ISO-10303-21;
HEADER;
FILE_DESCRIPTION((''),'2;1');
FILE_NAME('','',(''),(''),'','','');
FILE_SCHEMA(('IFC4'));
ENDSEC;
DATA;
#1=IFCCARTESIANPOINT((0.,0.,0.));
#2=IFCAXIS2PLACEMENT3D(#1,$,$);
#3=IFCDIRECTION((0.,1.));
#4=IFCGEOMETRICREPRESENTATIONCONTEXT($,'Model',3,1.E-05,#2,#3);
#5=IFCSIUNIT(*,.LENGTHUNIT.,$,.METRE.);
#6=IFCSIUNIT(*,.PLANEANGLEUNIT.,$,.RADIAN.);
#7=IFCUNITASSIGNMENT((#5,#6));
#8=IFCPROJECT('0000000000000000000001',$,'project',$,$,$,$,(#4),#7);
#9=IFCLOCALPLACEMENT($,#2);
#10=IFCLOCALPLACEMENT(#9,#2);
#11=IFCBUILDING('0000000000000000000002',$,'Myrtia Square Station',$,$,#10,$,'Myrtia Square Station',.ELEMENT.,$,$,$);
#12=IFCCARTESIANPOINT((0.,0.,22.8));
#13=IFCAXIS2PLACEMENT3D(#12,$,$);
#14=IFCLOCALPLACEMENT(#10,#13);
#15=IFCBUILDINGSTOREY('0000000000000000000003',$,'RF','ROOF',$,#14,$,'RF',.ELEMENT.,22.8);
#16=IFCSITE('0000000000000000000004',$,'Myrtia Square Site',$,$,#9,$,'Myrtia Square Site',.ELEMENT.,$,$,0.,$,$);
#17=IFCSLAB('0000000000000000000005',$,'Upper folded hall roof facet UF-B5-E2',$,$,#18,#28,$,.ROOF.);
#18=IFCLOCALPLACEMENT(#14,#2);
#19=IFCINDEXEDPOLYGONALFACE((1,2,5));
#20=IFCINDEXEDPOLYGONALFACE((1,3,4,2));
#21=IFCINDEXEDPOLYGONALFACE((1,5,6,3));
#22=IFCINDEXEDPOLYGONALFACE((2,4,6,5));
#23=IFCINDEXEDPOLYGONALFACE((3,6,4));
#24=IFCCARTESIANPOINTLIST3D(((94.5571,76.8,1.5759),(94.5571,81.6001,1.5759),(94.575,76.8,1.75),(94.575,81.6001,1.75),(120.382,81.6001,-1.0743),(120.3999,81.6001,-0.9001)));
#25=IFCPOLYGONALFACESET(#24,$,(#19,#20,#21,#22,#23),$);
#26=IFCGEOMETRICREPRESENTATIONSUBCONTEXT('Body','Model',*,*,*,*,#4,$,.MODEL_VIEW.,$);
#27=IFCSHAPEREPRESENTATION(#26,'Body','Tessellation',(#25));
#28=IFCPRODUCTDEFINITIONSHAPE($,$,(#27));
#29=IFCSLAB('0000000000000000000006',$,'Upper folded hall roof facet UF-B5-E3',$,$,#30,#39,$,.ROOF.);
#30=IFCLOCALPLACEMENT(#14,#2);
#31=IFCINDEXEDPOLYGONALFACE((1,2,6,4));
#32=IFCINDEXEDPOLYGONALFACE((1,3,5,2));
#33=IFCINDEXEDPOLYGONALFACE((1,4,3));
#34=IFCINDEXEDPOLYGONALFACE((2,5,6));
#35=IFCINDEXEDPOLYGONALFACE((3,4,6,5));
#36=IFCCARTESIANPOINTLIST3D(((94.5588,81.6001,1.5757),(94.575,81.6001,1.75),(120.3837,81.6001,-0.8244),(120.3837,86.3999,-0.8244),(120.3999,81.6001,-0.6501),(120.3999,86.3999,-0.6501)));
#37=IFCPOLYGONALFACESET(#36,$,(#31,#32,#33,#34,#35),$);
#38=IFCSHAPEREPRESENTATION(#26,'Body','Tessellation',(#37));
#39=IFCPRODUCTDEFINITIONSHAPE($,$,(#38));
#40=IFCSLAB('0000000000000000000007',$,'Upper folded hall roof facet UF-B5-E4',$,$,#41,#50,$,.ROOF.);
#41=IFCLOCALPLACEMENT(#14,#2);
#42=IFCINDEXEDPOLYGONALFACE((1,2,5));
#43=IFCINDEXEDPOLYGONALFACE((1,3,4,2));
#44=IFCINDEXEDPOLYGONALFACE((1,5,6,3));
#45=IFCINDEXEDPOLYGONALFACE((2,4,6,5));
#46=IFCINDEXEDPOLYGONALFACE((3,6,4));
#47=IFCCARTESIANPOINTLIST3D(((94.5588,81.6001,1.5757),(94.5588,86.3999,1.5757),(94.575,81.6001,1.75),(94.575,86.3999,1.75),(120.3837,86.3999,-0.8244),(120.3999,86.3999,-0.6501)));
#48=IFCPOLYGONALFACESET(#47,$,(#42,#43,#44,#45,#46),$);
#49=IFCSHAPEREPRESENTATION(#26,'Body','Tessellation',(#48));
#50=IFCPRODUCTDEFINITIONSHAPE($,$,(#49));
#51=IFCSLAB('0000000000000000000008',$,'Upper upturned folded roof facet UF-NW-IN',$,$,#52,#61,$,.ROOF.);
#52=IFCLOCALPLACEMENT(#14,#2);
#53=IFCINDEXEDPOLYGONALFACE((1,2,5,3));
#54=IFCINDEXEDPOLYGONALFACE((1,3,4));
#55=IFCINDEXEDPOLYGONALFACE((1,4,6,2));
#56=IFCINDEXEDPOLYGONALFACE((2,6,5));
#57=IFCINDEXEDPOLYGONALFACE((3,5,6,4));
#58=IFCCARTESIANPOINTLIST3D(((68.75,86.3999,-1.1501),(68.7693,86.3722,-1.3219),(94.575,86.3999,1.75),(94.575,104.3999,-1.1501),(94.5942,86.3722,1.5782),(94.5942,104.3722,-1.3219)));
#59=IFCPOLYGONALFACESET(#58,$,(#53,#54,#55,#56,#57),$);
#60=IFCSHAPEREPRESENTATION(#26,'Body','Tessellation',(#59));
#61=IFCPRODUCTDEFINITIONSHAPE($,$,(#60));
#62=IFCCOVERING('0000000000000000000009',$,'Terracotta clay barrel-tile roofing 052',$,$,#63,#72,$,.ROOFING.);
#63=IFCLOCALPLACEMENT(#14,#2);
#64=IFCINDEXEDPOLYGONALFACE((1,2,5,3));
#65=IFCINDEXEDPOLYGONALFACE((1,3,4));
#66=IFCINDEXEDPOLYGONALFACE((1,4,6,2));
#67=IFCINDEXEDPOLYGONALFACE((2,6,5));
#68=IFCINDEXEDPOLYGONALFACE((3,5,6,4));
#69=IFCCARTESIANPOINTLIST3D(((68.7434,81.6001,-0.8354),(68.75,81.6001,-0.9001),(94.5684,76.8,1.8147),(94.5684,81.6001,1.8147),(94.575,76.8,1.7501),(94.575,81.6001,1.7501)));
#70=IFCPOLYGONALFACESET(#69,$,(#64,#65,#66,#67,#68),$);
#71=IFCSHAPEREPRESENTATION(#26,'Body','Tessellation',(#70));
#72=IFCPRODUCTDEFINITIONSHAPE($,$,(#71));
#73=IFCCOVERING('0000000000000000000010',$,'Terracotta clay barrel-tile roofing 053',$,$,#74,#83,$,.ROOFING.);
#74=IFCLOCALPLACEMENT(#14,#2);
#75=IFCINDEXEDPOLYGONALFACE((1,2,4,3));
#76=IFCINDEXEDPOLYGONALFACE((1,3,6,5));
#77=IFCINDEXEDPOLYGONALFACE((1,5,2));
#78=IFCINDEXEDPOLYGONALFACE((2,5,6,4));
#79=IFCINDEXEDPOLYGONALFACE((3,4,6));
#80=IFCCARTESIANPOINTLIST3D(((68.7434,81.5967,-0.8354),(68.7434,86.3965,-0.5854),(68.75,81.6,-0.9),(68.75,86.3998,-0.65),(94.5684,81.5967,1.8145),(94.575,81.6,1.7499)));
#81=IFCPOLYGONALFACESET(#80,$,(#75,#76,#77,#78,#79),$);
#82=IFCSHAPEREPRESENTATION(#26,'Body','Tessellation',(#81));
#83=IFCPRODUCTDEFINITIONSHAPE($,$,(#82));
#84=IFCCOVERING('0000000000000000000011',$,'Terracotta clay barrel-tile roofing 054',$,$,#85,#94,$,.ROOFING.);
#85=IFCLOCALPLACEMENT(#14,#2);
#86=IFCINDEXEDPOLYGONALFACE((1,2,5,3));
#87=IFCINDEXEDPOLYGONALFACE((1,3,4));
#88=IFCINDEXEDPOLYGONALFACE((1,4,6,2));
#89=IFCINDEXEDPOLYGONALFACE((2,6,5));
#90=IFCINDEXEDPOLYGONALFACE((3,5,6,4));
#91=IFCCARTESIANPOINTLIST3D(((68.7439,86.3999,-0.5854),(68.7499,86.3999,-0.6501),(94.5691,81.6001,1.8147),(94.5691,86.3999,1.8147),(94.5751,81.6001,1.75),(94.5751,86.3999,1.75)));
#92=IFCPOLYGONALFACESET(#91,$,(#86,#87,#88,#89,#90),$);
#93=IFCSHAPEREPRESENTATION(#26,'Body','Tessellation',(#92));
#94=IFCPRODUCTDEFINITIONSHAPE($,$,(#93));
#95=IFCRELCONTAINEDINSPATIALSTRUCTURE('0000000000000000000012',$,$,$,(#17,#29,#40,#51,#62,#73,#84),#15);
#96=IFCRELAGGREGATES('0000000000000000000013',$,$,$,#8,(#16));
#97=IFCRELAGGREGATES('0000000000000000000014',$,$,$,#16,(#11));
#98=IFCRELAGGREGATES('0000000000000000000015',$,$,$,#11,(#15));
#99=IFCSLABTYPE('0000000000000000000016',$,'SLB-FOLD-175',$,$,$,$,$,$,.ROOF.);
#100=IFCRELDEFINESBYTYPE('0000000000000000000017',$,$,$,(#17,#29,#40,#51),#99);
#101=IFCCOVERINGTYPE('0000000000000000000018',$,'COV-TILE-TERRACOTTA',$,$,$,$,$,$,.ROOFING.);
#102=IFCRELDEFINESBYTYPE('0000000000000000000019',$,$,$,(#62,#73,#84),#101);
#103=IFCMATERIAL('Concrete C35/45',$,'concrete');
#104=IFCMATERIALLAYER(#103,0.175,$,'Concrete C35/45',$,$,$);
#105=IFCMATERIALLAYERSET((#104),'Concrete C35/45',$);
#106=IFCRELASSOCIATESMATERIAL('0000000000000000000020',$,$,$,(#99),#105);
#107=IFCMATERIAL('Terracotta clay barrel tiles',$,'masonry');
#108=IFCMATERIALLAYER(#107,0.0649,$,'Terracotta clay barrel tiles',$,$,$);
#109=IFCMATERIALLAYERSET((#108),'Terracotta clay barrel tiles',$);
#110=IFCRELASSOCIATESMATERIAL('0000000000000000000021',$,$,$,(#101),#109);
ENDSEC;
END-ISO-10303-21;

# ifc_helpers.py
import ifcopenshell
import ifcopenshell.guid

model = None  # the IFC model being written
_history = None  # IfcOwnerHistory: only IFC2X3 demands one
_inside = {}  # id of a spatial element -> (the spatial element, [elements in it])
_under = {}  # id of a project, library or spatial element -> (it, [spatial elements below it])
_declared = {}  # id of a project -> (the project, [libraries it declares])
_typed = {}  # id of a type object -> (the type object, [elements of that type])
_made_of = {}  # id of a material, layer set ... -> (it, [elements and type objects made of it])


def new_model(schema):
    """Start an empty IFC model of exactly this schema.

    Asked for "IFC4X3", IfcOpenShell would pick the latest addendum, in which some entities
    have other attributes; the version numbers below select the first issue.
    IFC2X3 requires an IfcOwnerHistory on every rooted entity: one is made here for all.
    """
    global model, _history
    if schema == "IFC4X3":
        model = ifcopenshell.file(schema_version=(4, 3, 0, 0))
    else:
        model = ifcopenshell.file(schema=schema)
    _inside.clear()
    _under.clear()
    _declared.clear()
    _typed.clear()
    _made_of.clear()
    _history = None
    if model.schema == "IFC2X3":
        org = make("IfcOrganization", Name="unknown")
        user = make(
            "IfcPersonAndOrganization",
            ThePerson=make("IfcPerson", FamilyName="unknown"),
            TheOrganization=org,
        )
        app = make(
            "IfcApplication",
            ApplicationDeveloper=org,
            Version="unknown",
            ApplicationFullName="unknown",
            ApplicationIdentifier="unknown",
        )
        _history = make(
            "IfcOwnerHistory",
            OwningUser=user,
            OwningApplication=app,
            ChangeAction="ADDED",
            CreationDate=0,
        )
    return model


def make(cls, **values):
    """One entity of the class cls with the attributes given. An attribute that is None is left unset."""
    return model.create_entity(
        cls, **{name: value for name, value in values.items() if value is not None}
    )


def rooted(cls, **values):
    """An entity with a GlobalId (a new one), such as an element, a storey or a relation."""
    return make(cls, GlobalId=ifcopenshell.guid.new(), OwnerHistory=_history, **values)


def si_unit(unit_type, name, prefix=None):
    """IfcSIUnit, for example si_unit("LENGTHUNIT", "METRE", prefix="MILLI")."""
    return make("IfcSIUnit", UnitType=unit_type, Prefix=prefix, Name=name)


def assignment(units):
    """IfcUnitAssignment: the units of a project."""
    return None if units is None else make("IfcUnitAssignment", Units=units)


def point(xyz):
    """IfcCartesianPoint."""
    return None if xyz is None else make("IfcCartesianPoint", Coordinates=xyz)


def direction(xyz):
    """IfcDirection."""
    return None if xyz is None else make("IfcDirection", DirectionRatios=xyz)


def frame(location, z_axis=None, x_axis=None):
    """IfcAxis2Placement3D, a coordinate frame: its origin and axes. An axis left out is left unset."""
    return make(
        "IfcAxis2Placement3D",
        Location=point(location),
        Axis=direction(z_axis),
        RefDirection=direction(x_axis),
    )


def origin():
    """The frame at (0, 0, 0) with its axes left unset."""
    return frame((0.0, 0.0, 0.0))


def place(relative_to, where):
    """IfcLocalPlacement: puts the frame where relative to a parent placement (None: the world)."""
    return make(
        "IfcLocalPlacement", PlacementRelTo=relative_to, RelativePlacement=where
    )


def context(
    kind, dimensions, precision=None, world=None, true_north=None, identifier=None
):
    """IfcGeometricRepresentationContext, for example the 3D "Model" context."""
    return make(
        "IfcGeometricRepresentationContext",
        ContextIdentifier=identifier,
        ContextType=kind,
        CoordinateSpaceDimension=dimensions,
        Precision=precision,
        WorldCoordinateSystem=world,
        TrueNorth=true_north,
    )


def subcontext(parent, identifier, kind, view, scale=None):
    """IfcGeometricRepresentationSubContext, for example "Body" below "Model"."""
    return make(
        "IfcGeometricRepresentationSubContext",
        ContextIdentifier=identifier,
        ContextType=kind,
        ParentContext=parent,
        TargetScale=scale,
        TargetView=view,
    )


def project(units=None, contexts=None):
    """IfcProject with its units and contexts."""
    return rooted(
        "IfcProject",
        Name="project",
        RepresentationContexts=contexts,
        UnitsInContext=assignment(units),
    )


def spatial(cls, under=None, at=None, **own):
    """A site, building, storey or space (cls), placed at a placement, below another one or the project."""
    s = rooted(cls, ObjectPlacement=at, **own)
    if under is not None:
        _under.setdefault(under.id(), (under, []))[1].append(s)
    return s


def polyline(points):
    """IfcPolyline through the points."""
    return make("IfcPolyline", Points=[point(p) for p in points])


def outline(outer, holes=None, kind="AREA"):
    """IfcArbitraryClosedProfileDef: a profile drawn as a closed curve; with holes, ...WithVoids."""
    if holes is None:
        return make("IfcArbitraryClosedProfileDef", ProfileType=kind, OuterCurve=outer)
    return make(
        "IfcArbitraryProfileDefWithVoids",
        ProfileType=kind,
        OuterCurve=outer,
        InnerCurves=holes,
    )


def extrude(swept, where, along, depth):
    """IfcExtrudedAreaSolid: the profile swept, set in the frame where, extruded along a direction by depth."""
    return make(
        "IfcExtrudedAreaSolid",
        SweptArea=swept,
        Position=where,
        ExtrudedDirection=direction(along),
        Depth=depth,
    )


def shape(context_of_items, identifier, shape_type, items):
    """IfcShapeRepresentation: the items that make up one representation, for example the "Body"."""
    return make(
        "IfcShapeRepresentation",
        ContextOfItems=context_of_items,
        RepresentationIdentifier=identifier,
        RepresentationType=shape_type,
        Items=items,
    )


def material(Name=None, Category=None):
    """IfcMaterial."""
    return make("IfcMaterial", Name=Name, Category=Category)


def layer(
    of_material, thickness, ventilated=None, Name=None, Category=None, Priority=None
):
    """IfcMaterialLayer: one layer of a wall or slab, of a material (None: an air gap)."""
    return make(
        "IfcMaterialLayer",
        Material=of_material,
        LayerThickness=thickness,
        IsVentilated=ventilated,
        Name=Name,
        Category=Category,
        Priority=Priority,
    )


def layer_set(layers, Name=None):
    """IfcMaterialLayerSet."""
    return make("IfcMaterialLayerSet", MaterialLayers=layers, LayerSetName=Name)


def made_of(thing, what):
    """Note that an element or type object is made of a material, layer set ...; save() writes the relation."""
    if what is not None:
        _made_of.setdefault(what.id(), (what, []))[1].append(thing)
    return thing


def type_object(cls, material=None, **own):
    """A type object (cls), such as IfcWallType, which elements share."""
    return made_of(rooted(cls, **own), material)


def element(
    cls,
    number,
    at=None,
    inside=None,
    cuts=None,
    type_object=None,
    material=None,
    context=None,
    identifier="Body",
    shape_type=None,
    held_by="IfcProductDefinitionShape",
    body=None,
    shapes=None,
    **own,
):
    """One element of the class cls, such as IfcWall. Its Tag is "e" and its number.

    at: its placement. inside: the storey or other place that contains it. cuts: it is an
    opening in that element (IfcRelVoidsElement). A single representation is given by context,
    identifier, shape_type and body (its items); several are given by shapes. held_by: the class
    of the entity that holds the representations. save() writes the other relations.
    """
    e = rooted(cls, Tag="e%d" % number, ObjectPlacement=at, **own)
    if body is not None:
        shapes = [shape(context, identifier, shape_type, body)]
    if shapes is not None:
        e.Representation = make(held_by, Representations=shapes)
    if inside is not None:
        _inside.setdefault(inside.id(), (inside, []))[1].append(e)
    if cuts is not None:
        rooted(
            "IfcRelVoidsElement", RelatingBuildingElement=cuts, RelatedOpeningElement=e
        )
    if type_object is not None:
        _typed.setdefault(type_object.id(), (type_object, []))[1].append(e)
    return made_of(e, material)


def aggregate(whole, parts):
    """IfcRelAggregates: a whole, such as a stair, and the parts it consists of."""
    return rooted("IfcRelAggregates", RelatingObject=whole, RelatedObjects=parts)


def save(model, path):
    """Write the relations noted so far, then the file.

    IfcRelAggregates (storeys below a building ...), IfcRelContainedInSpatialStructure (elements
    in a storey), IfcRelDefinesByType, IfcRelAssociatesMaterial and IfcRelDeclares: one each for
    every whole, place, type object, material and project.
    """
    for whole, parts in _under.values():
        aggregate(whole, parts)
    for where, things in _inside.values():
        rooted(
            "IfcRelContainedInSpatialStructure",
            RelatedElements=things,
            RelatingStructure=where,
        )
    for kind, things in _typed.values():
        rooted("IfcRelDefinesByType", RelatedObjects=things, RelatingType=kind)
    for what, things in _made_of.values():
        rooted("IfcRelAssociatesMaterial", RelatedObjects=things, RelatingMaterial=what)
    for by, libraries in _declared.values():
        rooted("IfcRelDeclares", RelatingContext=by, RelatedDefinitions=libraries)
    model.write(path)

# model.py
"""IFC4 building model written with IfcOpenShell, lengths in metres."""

from ifc_helpers import new_model, si_unit, direction, frame, origin, place, context, subcontext, project, spatial, polyline, outline, extrude, material, layer, layer_set, type_object, element, save


model = new_model("IFC4")

# Units and contexts
model_context = context("Model", 3, precision=1e-05, world=origin(), true_north=direction((0.0, 1.0)))
body_context = subcontext(model_context, "Body", "Model", "MODEL_VIEW")
ifc_project = project(units=[si_unit("LENGTHUNIT", "METRE"), si_unit("PLANEANGLEUNIT", "RADIAN")], contexts=[model_context])

# Site, building, storey
site_placement = place(None, origin())
site = spatial("IfcSite", under=ifc_project, at=site_placement, Name="Myrtia Square Site", LongName="Myrtia Square Site", CompositionType="ELEMENT", RefElevation=0.0)
building_placement = place(site_placement, origin())
building = spatial("IfcBuilding", under=site, at=building_placement, Name="Myrtia Square Station", LongName="Myrtia Square Station", CompositionType="ELEMENT")
storey_placement = place(building_placement, frame((0.0, 0.0, 22.8)))
storey = spatial("IfcBuildingStorey", under=building, at=storey_placement, Name="RF", Description="ROOF", LongName="RF", CompositionType="ELEMENT", Elevation=22.8)

# Slabs
ifc_material_1 = material(Name="Concrete C35/45", Category="concrete")
ifc_layer_1 = layer(ifc_material_1, 0.175, Name="Concrete C35/45")
ifc_layer_set_1 = layer_set([ifc_layer_1], Name="Concrete C35/45")
slab_type = type_object("IfcSlabType", Name="SLB-FOLD-175", PredefinedType="ROOF", material=ifc_layer_set_1)
slab_1_placement = place(storey_placement, frame((94.575, 76.8, 1.75), z_axis=(0.102084, 0.0, 0.994776), x_axis=(0.978195, 0.181816, -0.100382)))
element("IfcSlab", 1, at=slab_1_placement, inside=storey, type_object=slab_type, Name="Upper folded hall roof facet UF-B5-E2", PredefinedType="ROOF", context=body_context, shape_type="SweptSolid", body=[
    extrude(outline(polyline([(0.0, 0.0), (26.4006, 0.0), (0.8727, 4.72), (0.0, 0.0)])), origin(), (0.0, 0.0, -1.0), 0.175),
])
slab_2_placement = place(storey_placement, frame((94.575, 81.6001, 1.75), z_axis=(0.09254, 0.0, 0.995709), x_axis=(0.995709, 0.0, -0.09254)))
element("IfcSlab", 2, at=slab_2_placement, inside=storey, type_object=slab_type, Name="Upper folded hall roof facet UF-B5-E3", PredefinedType="ROOF", context=body_context, shape_type="SweptSolid", body=[
    extrude(outline(polyline([(0.0, 0.0), (25.9362, 0.0), (25.9362, 4.7998), (0.0, 0.0)])), origin(), (0.0, 0.0, -1.0), 0.175),
])
slab_3_placement = place(storey_placement, frame((94.575, 81.6001, 1.75), z_axis=(0.09254, 0.0, 0.995709), x_axis=(0.979084, 0.181972, -0.090995)))
element("IfcSlab", 3, at=slab_3_placement, inside=storey, type_object=slab_type, Name="Upper folded hall roof facet UF-B5-E4", PredefinedType="ROOF", context=body_context, shape_type="SweptSolid", body=[
    extrude(outline(polyline([(0.0, 0.0), (26.3766, 0.0), (0.8734, 4.7197), (0.0, 0.0)])), origin(), (0.0, 0.0, -1.0), 0.175),
])
slab_4_placement = place(storey_placement, frame((68.75, 86.3999, -1.1501), z_axis=(-0.110195, 0.158099, 0.981255), x_axis=(0.993753, 0.0, 0.111599)))
element("IfcSlab", 4, at=slab_4_placement, inside=storey, type_object=slab_type, Name="Upper upturned folded roof facet UF-NW-IN", PredefinedType="ROOF", context=body_context, shape_type="SweptSolid", body=[
    extrude(outline(polyline([(0.0, 0.0), (25.9873, 0.0), (25.6636, 18.2293), (0.0, 0.0)])), origin(), (0.0, 0.0, -1.0), 0.175),
])

# Coverings
ifc_material_2 = material(Name="Terracotta clay barrel tiles", Category="masonry")
ifc_layer_2 = layer(ifc_material_2, 0.0649, Name="Terracotta clay barrel tiles")
ifc_layer_set_2 = layer_set([ifc_layer_2], Name="Terracotta clay barrel tiles")
covering_type = type_object("IfcCoveringType", Name="COV-TILE-TERRACOTTA", PredefinedType="ROOFING", material=ifc_layer_set_2)
covering_1_placement = place(storey_placement, frame((94.5684, 76.8, 1.8147), z_axis=(-0.102084, 0.0, 0.994776), x_axis=(0.0, 1.0, 0.0)))
element("IfcCovering", 5, at=covering_1_placement, inside=storey, type_object=covering_type, Name="Terracotta clay barrel-tile roofing 052", PredefinedType="ROOFING", context=body_context, shape_type="SweptSolid", body=[
    extrude(outline(polyline([(0.0, 0.0), (4.8, 0.0), (4.8, 25.9606), (0.0, 0.0)])), origin(), (0.0, 0.0, -1.0), 0.0649),
])
covering_2_placement = place(storey_placement, frame((68.7434, 81.5967, -0.8354), z_axis=(-0.101937, -0.051744, 0.993444), x_axis=(0.994777, 0.0, 0.102074)))
element("IfcCovering", 6, at=covering_2_placement, inside=storey, type_object=covering_type, Name="Terracotta clay barrel-tile roofing 053", PredefinedType="ROOFING", context=body_context, shape_type="SweptSolid", body=[
    extrude(outline(polyline([(0.0, 0.0), (25.9605, 0.0), (0.0255, 4.8062), (0.0, 0.0)])), origin(), (0.0, 0.0, -1.0), 0.0649),
])
covering_3_placement = place(storey_placement, frame((94.5691, 81.6001, 1.8147), z_axis=(-0.092539, 0.0, 0.995709), x_axis=(0.0, 1.0, 0.0)))
element("IfcCovering", 7, at=covering_3_placement, inside=storey, type_object=covering_type, Name="Terracotta clay barrel-tile roofing 054", PredefinedType="ROOFING", context=body_context, shape_type="SweptSolid", body=[
    extrude(outline(polyline([(0.0, 0.0), (4.7998, 0.0), (4.7998, 25.9365), (0.0, 0.0)])), origin(), (0.0, 0.0, -1.0), 0.0649),
])

save(model, "model.ifc")
